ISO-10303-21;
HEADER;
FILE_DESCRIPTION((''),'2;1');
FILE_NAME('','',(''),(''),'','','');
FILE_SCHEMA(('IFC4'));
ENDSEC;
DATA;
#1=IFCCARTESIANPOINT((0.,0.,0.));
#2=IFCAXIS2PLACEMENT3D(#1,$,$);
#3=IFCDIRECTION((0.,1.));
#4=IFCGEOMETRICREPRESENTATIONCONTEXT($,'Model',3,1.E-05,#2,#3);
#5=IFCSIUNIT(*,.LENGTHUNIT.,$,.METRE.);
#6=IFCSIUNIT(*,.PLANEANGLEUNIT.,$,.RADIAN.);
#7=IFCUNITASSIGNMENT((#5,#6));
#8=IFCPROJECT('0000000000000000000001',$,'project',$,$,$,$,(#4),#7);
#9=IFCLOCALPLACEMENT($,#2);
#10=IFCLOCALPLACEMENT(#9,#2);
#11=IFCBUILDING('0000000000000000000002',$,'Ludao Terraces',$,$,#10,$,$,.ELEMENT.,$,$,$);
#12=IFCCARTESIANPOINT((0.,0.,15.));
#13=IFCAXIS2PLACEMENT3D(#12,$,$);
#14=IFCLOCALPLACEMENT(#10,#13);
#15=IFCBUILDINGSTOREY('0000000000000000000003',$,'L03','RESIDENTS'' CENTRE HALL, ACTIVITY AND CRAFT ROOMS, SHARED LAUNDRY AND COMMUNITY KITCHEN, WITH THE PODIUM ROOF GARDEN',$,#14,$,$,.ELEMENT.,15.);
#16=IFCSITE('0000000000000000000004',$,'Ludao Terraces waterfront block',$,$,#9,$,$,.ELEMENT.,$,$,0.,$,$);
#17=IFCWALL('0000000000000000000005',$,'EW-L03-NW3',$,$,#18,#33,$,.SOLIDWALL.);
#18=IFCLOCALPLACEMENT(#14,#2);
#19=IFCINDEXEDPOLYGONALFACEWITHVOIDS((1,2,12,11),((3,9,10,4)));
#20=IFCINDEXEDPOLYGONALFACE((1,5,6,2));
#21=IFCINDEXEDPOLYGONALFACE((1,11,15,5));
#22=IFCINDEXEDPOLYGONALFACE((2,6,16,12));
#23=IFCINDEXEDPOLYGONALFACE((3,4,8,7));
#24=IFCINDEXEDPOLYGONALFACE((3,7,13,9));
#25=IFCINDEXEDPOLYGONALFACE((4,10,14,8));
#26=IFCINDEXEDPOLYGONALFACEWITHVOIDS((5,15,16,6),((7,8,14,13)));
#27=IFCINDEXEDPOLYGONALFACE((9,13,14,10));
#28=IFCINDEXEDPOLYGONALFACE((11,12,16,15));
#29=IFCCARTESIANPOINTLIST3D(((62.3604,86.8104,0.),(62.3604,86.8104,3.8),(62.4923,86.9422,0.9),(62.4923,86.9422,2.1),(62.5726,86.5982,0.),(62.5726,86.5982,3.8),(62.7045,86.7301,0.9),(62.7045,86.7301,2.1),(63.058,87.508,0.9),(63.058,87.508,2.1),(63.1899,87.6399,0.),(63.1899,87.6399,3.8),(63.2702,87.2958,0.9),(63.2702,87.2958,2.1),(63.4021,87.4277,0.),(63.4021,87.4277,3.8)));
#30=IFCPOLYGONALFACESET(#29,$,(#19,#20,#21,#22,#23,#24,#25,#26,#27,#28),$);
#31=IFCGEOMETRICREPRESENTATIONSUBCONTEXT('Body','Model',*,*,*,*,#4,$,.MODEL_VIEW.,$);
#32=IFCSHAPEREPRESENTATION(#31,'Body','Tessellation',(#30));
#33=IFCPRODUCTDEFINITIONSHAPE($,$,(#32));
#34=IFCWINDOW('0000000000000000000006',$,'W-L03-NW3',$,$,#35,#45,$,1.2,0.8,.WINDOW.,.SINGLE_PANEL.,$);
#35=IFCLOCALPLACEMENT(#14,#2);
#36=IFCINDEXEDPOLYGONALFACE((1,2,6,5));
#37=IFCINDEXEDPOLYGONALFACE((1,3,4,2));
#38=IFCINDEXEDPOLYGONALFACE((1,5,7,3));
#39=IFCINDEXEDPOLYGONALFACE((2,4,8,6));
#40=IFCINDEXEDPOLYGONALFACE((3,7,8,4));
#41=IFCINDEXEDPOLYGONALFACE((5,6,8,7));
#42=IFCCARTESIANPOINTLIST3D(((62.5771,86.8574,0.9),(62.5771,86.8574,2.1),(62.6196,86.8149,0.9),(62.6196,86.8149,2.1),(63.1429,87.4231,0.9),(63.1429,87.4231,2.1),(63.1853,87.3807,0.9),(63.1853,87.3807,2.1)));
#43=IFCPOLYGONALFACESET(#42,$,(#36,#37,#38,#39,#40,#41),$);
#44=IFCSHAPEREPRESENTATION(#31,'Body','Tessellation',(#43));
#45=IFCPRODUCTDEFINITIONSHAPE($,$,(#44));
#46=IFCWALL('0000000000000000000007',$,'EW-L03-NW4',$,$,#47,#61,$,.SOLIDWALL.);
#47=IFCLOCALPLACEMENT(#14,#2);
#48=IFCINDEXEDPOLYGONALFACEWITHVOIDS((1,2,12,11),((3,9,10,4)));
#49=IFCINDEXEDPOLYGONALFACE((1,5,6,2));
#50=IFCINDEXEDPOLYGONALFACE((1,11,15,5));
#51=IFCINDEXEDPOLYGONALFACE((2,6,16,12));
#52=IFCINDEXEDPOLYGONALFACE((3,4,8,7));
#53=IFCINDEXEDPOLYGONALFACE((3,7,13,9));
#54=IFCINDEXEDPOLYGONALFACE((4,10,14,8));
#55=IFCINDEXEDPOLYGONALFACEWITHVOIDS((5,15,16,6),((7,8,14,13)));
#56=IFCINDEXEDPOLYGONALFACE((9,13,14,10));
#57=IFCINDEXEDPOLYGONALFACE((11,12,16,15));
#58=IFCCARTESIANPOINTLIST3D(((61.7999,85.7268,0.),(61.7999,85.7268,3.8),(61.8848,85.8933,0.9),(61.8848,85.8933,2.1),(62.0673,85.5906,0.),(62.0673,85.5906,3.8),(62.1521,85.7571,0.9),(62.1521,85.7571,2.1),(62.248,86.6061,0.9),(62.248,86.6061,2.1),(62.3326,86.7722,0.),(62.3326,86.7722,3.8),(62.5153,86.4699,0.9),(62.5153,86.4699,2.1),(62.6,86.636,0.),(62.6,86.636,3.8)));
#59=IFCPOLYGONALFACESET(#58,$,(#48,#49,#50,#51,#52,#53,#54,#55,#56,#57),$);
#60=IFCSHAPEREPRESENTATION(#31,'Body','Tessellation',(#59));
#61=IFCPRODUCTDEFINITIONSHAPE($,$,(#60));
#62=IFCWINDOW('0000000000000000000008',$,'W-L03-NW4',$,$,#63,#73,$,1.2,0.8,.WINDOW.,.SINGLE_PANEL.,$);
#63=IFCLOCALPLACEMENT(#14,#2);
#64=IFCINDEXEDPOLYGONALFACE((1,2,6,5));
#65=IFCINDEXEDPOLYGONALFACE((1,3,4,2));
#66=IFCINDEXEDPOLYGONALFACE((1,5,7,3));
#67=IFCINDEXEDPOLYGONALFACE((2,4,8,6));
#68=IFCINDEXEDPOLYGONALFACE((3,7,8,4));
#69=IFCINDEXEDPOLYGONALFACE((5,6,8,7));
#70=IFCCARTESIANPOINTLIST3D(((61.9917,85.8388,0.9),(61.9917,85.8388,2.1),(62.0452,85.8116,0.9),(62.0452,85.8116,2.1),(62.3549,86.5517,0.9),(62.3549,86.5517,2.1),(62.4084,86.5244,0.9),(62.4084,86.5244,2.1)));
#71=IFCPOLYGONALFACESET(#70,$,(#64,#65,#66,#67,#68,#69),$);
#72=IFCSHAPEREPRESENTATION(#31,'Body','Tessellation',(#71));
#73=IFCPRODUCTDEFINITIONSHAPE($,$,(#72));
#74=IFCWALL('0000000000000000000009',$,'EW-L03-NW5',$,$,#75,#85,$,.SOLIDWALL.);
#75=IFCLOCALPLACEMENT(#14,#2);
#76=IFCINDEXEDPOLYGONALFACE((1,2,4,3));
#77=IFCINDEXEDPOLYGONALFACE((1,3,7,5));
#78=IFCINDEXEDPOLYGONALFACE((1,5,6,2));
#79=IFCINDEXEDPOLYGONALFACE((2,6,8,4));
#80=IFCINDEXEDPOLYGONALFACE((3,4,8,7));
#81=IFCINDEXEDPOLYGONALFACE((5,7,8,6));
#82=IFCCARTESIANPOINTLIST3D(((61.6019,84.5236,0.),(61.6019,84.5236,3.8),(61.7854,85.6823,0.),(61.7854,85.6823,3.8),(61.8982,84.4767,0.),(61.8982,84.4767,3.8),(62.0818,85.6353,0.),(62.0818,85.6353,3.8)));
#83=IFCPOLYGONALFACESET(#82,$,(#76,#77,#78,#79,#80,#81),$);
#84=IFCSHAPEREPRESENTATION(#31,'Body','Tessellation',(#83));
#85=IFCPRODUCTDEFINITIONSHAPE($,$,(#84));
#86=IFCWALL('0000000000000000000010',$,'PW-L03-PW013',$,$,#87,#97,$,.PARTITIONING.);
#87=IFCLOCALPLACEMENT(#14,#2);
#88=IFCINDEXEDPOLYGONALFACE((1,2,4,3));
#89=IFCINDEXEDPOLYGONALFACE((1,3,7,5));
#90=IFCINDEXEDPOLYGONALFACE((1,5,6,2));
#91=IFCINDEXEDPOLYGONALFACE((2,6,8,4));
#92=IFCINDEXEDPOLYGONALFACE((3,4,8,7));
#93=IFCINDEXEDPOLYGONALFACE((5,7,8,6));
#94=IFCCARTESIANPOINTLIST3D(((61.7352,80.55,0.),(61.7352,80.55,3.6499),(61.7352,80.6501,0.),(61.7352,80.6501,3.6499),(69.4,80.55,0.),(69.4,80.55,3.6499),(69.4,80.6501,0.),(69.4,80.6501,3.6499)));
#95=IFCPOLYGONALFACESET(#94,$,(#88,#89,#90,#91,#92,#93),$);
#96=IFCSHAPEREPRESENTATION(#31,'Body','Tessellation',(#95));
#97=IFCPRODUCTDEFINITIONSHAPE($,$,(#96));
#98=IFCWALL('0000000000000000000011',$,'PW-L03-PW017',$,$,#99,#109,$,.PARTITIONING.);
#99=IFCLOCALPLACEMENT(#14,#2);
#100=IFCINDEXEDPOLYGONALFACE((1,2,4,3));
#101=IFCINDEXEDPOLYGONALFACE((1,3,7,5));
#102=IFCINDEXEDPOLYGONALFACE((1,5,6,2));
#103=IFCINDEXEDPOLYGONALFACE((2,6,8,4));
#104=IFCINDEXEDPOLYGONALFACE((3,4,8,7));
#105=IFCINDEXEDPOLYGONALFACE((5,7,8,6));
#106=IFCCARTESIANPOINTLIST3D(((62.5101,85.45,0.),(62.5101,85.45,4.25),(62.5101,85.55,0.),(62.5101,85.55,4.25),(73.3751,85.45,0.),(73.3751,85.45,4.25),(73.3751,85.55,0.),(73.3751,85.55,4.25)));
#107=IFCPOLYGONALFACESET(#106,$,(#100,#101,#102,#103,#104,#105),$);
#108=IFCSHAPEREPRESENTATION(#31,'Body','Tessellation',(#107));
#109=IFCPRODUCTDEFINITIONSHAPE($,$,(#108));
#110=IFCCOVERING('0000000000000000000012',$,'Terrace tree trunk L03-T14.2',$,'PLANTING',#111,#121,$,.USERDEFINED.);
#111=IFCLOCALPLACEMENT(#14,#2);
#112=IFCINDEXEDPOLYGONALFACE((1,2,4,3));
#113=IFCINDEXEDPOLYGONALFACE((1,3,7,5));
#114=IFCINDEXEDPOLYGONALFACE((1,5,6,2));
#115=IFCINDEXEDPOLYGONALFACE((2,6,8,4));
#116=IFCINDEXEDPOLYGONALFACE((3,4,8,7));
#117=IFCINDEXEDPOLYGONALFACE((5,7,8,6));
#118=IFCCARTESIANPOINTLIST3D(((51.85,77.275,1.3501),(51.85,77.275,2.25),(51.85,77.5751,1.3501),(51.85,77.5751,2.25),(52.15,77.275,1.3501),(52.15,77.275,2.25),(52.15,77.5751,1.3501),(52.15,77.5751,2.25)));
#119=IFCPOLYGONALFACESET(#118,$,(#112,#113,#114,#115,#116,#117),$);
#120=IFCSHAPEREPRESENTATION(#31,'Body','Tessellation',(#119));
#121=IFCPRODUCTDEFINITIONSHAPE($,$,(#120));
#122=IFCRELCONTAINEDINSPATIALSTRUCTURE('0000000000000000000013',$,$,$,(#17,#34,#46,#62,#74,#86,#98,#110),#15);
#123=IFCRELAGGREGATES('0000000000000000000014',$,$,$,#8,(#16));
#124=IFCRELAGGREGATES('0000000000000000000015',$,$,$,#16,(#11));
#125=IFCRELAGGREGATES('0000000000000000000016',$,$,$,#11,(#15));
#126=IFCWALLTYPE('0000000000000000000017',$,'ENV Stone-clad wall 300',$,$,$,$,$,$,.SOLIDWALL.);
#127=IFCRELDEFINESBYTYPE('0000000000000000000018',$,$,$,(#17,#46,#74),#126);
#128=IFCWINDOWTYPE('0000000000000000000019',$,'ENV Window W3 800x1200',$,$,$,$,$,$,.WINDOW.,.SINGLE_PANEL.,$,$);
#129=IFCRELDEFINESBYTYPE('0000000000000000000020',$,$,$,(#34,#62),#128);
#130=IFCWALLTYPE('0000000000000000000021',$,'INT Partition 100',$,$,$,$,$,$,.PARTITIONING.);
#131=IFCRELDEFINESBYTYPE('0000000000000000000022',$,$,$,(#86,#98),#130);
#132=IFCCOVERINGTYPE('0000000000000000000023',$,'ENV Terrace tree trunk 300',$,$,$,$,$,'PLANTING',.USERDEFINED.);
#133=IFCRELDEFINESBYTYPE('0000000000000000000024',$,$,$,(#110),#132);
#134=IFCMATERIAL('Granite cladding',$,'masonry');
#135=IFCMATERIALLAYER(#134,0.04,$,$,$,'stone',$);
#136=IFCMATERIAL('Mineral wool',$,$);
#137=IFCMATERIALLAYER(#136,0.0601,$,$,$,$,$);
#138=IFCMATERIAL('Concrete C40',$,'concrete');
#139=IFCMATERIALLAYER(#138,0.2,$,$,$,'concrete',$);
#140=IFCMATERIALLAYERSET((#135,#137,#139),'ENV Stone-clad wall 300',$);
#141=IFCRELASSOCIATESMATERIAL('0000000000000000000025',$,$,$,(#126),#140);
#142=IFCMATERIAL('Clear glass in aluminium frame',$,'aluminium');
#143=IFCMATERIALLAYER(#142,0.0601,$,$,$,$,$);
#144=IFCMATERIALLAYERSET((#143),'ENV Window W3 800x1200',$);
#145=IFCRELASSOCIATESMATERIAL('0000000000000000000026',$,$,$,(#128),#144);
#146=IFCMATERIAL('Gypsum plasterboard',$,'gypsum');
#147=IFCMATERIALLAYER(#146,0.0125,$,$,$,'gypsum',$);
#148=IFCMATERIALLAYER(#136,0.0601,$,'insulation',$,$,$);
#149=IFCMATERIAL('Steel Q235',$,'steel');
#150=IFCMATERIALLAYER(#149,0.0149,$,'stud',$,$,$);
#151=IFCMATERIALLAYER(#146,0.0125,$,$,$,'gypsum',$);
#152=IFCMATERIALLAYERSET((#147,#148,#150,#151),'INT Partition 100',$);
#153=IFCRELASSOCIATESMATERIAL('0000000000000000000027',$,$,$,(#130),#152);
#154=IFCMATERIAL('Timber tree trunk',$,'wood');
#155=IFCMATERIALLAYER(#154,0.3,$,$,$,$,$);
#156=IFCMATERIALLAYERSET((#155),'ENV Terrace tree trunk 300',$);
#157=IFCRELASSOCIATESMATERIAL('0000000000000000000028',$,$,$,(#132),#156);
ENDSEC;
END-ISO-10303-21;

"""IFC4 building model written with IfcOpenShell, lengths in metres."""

from ifc_helpers import new_model, si_unit, direction, frame, frame_2d, origin, origin_2d, place, context, subcontext, project, spatial, rectangle, extrude, material, layer, layer_set, type_object, element, fill, save


model = new_model("IFC4")

# Units and contexts
model_context = context("Model", 3, precision=1e-05, world=origin(), true_north=direction((0.0, 1.0)))
body_context = subcontext(model_context, "Body", "Model", "MODEL_VIEW")
ifc_project = project(units=[si_unit("LENGTHUNIT", "METRE"), si_unit("PLANEANGLEUNIT", "RADIAN")], contexts=[model_context])

# Site, building, storey
site_placement = place(None, origin())
site = spatial("IfcSite", under=ifc_project, at=site_placement, Name="Ludao Terraces waterfront block", CompositionType="ELEMENT", RefElevation=0.0)
building_placement = place(site_placement, origin())
building = spatial("IfcBuilding", under=site, at=building_placement, Name="Ludao Terraces", CompositionType="ELEMENT")
storey_placement = place(building_placement, frame((0.0, 0.0, 15.0)))
storey = spatial("IfcBuildingStorey", under=building, at=storey_placement, Name="L03", Description="RESIDENTS' CENTRE HALL, ACTIVITY AND CRAFT ROOMS, SHARED LAUNDRY AND COMMUNITY KITCHEN, WITH THE PODIUM ROOF GARDEN", CompositionType="ELEMENT", Elevation=15.0)

# Shared definitions
ifc_material_1 = material(Name="Concrete C40", Category="concrete")

# Shared definitions
ifc_material_2 = material(Name="Granite cladding", Category="masonry")
ifc_layer_1 = layer(ifc_material_2, 0.04, Category="stone")
ifc_material_3 = material(Name="Mineral wool")
ifc_layer_2 = layer(ifc_material_3, 0.0601)
ifc_layer_3 = layer(ifc_material_1, 0.2, Category="concrete")
ifc_layer_set_1 = layer_set([ifc_layer_1, ifc_layer_2, ifc_layer_3], Name="ENV Stone-clad wall 300")
wall_type_1 = type_object("IfcWallType", Name="ENV Stone-clad wall 300", PredefinedType="SOLIDWALL", material=ifc_layer_set_1)

# Walls, openings, windows
ifc_material_4 = material(Name="Clear glass in aluminium frame", Category="aluminium")
ifc_layer_4 = layer(ifc_material_4, 0.0601)
ifc_layer_set_2 = layer_set([ifc_layer_4], Name="ENV Window W3 800x1200")
window_type = type_object("IfcWindowType", Name="ENV Window W3 800x1200", PartitioningType="SINGLE_PANEL", PredefinedType="WINDOW", material=ifc_layer_set_2)
wall_1_placement = place(storey_placement, frame((63.2959, 87.5337, 0.0), z_axis=(0.0, 0.0, 1.0), x_axis=(-0.707107, -0.707107, 0.0)))
wall_1 = element("IfcWall", 1, at=wall_1_placement, inside=storey, type_object=wall_type_1, Name="EW-L03-NW3", PredefinedType="SOLIDWALL", context=body_context, shape_type="SweptSolid", body=[
    extrude(rectangle(XDim=1.1731, YDim=0.3, at=frame_2d((0.5864, 0.0))), origin(), (0.0, 0.0, 1.0), 3.8),
])
opening_1_placement = place(wall_1_placement, frame((0.1865, 0.0, 0.8999)))
opening_1 = element("IfcOpeningElement", 2, at=opening_1_placement, cuts=wall_1, PredefinedType="OPENING", context=body_context, shape_type="SweptSolid", body=[
    extrude(rectangle(XDim=0.8, YDim=1.2, at=frame_2d((0.3999, 0.6001))), frame((0.0, 0.1602, 0.0), z_axis=(0.0, -1.0, 0.0), x_axis=(1.0, 0.0, 0.0)), (0.0, 0.0, 1.0), 0.3201),
])
window_1_placement = place(opening_1_placement, origin())
window_1 = element("IfcWindow", 3, at=window_1_placement, inside=storey, type_object=window_type, Name="W-L03-NW3", OverallHeight=1.2, OverallWidth=0.8, PartitioningType="SINGLE_PANEL", PredefinedType="WINDOW", context=body_context, shape_type="SweptSolid", body=[
    extrude(rectangle(XDim=0.8, YDim=1.2, at=frame_2d((0.3999, 0.6001))), frame((0.0, 0.03, 0.0), z_axis=(0.0, -1.0, 0.0), x_axis=(1.0, 0.0, 0.0)), (0.0, 0.0, 1.0), 0.0601),
])
fill(opening_1, window_1)
wall_2_placement = place(storey_placement, frame((62.4663, 86.7041, 0.0), z_axis=(0.0, 0.0, 1.0), x_axis=(-0.454026, -0.890989, 0.0)))
wall_2 = element("IfcWall", 4, at=wall_2_placement, inside=storey, type_object=wall_type_1, Name="EW-L03-NW4", PredefinedType="SOLIDWALL", context=body_context, shape_type="SweptSolid", body=[
    extrude(rectangle(XDim=1.1733, YDim=0.3, at=frame_2d((0.5867, 0.0))), origin(), (0.0, 0.0, 1.0), 3.8),
])
opening_2_placement = place(wall_2_placement, frame((0.1865, 0.0, 0.8999)))
opening_2 = element("IfcOpeningElement", 5, at=opening_2_placement, cuts=wall_2, PredefinedType="OPENING", context=body_context, shape_type="SweptSolid", body=[
    extrude(rectangle(XDim=0.8, YDim=1.2, at=frame_2d((0.3999, 0.6001))), frame((0.0, 0.1602, 0.0), z_axis=(0.0, -1.0, 0.0), x_axis=(1.0, 0.0, 0.0)), (0.0, 0.0, 1.0), 0.3201),
])
window_2_placement = place(opening_2_placement, origin())
window_2 = element("IfcWindow", 6, at=window_2_placement, inside=storey, type_object=window_type, Name="W-L03-NW4", OverallHeight=1.2, OverallWidth=0.8, PartitioningType="SINGLE_PANEL", PredefinedType="WINDOW", context=body_context, shape_type="SweptSolid", body=[
    extrude(rectangle(XDim=0.8, YDim=1.2, at=frame_2d((0.3999, 0.6001))), frame((0.0, 0.03, 0.0), z_axis=(0.0, -1.0, 0.0), x_axis=(1.0, 0.0, 0.0)), (0.0, 0.0, 1.0), 0.0601),
])
fill(opening_2, window_2)

# Walls
wall_3_placement = place(storey_placement, frame((61.9336, 85.6587, 0.0), z_axis=(0.0, 0.0, 1.0), x_axis=(-0.156497, -0.987678, 0.0)))
element("IfcWall", 7, at=wall_3_placement, inside=storey, type_object=wall_type_1, Name="EW-L03-NW5", PredefinedType="SOLIDWALL", context=body_context, shape_type="SweptSolid", body=[
    extrude(rectangle(XDim=1.1731, YDim=0.3, at=frame_2d((0.5864, 0.0))), origin(), (0.0, 0.0, 1.0), 3.8),
])
ifc_material_5 = material(Name="Gypsum plasterboard", Category="gypsum")
ifc_layer_5 = layer(ifc_material_5, 0.0125, Category="gypsum")
ifc_layer_6 = layer(ifc_material_3, 0.0601, Name="insulation")
ifc_material_6 = material(Name="Steel Q235", Category="steel")
ifc_layer_7 = layer(ifc_material_6, 0.0149, Name="stud")
ifc_layer_8 = layer(ifc_material_5, 0.0125, Category="gypsum")
ifc_layer_set_3 = layer_set([ifc_layer_5, ifc_layer_6, ifc_layer_7, ifc_layer_8], Name="INT Partition 100")
wall_type_2 = type_object("IfcWallType", Name="INT Partition 100", PredefinedType="PARTITIONING", material=ifc_layer_set_3)
wall_4_placement = place(storey_placement, frame((61.7351, 80.6001, 0.0), z_axis=(0.0, 0.0, 1.0), x_axis=(1.0, 0.0, 0.0)))
element("IfcWall", 8, at=wall_4_placement, inside=storey, type_object=wall_type_2, Name="PW-L03-PW013", PredefinedType="PARTITIONING", context=body_context, shape_type="SweptSolid", body=[
    extrude(rectangle(XDim=7.6648, YDim=0.1001, at=frame_2d((3.8325, 0.0))), origin(), (0.0, 0.0, 1.0), 3.6499),
])
wall_5_placement = place(storey_placement, frame((62.51, 85.5, 0.0), z_axis=(0.0, 0.0, 1.0), x_axis=(1.0, 0.0, 0.0)))
element("IfcWall", 9, at=wall_5_placement, inside=storey, type_object=wall_type_2, Name="PW-L03-PW017", PredefinedType="PARTITIONING", context=body_context, shape_type="SweptSolid", body=[
    extrude(rectangle(XDim=10.865, YDim=0.1001, at=frame_2d((5.4326, 0.0))), origin(), (0.0, 0.0, 1.0), 4.25),
])

# Covering
ifc_material_7 = material(Name="Timber tree trunk", Category="wood")
ifc_layer_9 = layer(ifc_material_7, 0.3)
ifc_layer_set_4 = layer_set([ifc_layer_9], Name="ENV Terrace tree trunk 300")
covering_type = type_object("IfcCoveringType", Name="ENV Terrace tree trunk 300", ElementType="PLANTING", PredefinedType="USERDEFINED", material=ifc_layer_set_4)
covering_placement = place(storey_placement, frame((52.0, 77.425, 1.3501), z_axis=(0.0, 0.0, 1.0), x_axis=(1.0, 0.0, 0.0)))
element("IfcCovering", 10, at=covering_placement, inside=storey, type_object=covering_type, Name="Terrace tree trunk L03-T14.2", ObjectType="PLANTING", PredefinedType="USERDEFINED", context=body_context, shape_type="SweptSolid", body=[
    extrude(rectangle(XDim=0.3, YDim=0.3, at=origin_2d()), origin(), (0.0, 0.0, 1.0), 0.8999),
])

save(model, "model.ifc")
